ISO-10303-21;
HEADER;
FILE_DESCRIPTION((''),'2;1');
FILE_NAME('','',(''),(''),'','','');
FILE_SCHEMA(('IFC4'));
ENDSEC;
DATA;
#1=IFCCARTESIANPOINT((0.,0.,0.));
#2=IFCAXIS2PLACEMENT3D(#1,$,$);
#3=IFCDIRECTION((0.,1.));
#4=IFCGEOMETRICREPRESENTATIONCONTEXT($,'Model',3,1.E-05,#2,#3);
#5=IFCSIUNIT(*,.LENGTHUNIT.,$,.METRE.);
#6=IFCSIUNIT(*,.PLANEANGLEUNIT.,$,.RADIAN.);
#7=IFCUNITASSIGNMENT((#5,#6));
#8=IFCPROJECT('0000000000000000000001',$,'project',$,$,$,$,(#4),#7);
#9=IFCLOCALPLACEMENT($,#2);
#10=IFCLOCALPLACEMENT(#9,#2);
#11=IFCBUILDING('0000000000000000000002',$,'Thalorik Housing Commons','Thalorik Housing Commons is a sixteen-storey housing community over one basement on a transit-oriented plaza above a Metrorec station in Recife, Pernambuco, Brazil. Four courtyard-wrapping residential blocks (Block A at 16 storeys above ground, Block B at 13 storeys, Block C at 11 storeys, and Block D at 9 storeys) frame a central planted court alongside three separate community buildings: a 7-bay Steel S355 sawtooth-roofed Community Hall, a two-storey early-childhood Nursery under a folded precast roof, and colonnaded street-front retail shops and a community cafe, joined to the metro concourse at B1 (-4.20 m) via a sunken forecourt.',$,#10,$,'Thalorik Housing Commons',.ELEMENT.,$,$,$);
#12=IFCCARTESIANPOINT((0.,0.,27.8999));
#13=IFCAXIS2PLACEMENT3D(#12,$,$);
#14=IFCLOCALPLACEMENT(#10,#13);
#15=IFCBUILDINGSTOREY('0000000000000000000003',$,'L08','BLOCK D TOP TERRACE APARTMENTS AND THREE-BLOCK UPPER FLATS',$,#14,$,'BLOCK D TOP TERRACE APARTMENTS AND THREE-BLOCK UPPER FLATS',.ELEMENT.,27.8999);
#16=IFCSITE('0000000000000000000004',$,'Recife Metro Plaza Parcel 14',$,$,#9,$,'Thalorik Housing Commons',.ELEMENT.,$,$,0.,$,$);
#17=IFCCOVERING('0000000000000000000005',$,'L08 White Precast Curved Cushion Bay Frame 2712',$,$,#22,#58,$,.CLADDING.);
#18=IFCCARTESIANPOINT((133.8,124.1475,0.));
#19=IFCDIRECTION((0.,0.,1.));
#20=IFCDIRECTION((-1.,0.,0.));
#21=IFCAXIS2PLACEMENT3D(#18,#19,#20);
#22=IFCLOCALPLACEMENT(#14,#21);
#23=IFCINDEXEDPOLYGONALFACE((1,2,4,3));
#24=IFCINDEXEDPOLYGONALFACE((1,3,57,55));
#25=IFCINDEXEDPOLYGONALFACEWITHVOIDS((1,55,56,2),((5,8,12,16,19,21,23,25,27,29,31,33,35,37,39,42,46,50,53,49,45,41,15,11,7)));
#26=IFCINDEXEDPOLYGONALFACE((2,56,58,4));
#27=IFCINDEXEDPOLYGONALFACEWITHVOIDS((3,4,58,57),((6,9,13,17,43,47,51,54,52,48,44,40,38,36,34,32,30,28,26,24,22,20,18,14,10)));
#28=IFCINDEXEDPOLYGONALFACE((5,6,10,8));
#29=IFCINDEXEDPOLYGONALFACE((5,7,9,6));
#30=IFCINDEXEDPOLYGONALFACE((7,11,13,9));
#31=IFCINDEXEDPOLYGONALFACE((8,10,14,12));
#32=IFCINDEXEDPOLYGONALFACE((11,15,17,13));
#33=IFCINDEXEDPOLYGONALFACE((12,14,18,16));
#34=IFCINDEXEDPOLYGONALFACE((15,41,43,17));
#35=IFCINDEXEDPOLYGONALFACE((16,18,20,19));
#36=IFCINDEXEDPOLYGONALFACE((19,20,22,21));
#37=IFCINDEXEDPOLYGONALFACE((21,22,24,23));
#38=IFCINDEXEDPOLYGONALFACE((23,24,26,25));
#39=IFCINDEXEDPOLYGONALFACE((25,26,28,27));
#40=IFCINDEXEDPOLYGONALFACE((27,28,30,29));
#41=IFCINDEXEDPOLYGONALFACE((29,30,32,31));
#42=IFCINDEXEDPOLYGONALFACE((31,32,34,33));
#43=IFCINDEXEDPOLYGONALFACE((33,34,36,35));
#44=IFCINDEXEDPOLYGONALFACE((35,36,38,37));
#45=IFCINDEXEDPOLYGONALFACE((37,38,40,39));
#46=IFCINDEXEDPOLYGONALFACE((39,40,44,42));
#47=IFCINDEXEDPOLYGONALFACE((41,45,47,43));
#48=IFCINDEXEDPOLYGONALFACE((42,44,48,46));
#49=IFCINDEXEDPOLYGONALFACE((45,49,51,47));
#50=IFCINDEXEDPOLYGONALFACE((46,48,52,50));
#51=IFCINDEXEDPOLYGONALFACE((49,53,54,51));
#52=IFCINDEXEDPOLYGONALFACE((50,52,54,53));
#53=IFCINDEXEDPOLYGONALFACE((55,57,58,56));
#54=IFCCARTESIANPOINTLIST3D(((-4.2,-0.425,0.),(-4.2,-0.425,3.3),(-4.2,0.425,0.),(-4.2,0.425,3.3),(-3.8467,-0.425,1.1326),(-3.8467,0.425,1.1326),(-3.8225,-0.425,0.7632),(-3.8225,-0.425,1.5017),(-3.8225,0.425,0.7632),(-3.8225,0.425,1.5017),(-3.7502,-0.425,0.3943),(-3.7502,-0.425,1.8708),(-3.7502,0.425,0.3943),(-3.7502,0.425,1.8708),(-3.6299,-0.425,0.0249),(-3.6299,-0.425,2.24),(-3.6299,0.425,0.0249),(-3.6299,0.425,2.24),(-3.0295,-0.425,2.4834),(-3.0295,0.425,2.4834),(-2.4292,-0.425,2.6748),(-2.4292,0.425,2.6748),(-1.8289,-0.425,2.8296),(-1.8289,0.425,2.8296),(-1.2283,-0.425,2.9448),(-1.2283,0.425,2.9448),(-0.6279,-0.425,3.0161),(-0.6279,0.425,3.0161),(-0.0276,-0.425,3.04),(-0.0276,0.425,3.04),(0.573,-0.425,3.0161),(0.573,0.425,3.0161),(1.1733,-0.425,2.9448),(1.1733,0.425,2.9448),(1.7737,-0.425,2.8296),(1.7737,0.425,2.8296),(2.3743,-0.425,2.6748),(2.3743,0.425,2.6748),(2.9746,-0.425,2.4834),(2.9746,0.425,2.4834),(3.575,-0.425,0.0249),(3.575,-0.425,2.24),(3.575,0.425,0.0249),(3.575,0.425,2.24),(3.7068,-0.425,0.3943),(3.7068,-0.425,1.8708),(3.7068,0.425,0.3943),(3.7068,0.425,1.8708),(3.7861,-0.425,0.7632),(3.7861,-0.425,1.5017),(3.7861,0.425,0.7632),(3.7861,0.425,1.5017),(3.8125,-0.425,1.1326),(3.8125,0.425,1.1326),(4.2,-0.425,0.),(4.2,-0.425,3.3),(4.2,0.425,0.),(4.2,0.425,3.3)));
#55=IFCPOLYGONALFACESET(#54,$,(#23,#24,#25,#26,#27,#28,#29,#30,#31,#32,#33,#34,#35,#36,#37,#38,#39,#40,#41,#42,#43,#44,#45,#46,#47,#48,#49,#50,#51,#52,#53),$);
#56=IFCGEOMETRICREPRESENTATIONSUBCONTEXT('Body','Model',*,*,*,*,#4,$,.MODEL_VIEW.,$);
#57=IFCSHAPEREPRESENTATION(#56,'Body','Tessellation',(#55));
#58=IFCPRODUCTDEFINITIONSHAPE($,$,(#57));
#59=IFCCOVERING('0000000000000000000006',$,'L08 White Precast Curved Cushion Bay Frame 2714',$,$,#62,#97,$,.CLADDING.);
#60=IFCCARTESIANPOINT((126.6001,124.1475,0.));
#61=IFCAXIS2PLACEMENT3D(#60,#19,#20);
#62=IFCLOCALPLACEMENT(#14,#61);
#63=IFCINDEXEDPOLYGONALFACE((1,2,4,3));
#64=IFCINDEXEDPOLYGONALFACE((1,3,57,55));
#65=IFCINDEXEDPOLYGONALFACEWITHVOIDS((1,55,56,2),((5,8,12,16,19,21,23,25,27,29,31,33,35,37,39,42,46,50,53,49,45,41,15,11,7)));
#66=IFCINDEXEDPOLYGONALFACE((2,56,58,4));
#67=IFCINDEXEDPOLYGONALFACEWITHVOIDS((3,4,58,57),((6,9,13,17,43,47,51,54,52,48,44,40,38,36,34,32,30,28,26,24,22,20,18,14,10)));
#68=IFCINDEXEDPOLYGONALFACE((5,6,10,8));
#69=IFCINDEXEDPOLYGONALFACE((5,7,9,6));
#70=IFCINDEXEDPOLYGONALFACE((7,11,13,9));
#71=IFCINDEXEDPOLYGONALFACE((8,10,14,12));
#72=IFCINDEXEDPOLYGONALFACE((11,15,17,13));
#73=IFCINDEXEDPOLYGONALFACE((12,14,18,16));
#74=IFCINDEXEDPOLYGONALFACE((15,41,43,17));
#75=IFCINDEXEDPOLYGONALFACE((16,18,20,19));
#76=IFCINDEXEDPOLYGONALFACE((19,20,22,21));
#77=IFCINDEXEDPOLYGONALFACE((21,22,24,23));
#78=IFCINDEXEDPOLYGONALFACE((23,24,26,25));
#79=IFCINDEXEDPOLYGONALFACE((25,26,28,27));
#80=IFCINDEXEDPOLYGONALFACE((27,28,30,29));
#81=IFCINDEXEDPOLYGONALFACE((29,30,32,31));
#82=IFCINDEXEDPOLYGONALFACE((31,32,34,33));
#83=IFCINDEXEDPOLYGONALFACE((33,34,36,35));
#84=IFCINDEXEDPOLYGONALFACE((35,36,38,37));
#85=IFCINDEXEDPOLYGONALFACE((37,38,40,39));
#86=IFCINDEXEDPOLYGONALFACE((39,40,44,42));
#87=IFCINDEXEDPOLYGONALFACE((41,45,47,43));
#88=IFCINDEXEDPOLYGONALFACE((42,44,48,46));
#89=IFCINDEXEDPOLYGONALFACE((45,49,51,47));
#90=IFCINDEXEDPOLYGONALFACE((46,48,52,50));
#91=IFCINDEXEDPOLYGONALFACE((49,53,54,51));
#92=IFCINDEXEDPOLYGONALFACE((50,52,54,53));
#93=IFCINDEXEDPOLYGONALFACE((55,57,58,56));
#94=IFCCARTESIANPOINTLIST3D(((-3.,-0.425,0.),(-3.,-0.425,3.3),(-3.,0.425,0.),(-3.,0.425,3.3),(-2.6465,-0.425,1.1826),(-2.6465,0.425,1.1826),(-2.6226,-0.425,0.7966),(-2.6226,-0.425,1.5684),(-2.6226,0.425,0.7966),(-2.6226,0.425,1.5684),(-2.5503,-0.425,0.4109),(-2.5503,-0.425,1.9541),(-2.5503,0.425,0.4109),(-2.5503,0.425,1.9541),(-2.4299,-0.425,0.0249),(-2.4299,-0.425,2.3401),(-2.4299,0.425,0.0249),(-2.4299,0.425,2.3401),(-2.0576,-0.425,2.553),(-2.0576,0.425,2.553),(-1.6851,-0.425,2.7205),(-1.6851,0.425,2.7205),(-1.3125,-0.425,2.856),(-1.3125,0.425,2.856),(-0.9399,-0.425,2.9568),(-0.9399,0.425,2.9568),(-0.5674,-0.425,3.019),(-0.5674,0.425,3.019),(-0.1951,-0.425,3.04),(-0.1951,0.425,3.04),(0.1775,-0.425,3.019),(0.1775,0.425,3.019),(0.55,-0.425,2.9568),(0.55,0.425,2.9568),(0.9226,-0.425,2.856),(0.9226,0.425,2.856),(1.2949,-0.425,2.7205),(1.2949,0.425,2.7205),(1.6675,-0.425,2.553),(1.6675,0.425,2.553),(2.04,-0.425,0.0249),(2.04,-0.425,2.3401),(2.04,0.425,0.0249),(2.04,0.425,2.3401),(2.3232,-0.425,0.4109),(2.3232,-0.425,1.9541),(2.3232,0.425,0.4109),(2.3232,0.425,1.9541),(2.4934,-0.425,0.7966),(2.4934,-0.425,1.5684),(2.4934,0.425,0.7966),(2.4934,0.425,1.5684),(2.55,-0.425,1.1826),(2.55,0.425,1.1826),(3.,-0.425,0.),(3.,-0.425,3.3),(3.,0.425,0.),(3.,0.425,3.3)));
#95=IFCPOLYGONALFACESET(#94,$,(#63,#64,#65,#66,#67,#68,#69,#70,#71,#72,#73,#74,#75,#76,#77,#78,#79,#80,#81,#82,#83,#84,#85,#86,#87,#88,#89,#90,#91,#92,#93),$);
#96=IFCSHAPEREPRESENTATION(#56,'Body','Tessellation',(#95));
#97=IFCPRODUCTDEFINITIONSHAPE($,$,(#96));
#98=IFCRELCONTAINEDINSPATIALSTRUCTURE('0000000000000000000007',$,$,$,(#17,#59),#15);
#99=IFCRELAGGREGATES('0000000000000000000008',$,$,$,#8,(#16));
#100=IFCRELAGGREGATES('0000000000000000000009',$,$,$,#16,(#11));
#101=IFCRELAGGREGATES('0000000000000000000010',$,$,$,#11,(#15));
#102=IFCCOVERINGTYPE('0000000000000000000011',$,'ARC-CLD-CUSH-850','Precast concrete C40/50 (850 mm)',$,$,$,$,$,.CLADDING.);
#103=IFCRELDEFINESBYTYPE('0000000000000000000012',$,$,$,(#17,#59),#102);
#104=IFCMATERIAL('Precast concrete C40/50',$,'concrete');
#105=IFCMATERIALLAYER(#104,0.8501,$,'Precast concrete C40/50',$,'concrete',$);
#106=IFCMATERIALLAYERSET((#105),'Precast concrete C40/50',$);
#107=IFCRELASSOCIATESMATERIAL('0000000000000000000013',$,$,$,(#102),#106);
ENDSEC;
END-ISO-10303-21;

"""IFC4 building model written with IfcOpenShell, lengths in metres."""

from ifc_helpers import new_model, si_unit, direction, frame, origin, place, context, subcontext, project, spatial, polyline, outline, extrude, material, layer, layer_set, type_object, element, save


model = new_model("IFC4")

# Units and contexts
model_context = context("Model", 3, precision=1e-05, world=origin(), true_north=direction((0.0, 1.0)))
body_context = subcontext(model_context, "Body", "Model", "MODEL_VIEW")
ifc_project = project(units=[si_unit("LENGTHUNIT", "METRE"), si_unit("PLANEANGLEUNIT", "RADIAN")], contexts=[model_context])

# Site, building, storey
site_placement = place(None, origin())
site = spatial("IfcSite", under=ifc_project, at=site_placement, Name="Recife Metro Plaza Parcel 14", LongName="Thalorik Housing Commons", CompositionType="ELEMENT", RefElevation=0.0)
building_placement = place(site_placement, origin())
building = spatial("IfcBuilding", under=site, at=building_placement, Name="Thalorik Housing Commons", Description="Thalorik Housing Commons is a sixteen-storey housing community over one basement on a transit-oriented plaza above a Metrorec station in Recife, Pernambuco, Brazil. Four courtyard-wrapping residential blocks (Block A at 16 storeys above ground, Block B at 13 storeys, Block C at 11 storeys, and Block D at 9 storeys) frame a central planted court alongside three separate community buildings: a 7-bay Steel S355 sawtooth-roofed Community Hall, a two-storey early-childhood Nursery under a folded precast roof, and colonnaded street-front retail shops and a community cafe, joined to the metro concourse at B1 (-4.20 m) via a sunken forecourt.", LongName="Thalorik Housing Commons", CompositionType="ELEMENT")
storey_placement = place(building_placement, frame((0.0, 0.0, 27.8999)))
storey = spatial("IfcBuildingStorey", under=building, at=storey_placement, Name="L08", Description="BLOCK D TOP TERRACE APARTMENTS AND THREE-BLOCK UPPER FLATS", LongName="BLOCK D TOP TERRACE APARTMENTS AND THREE-BLOCK UPPER FLATS", CompositionType="ELEMENT", Elevation=27.8999)

# Shared definitions
ifc_material_1 = material(Name="Precast concrete C40/50", Category="concrete")

# Coverings
ifc_layer_1 = layer(ifc_material_1, 0.8501, Name="Precast concrete C40/50", Category="concrete")
ifc_layer_set_1 = layer_set([ifc_layer_1], Name="Precast concrete C40/50")
covering_type_1 = type_object("IfcCoveringType", Name="ARC-CLD-CUSH-850", Description="Precast concrete C40/50 (850 mm)", PredefinedType="CLADDING", material=ifc_layer_set_1)
covering_1_placement = place(storey_placement, frame((133.8, 124.1475, 0.0), z_axis=(0.0, 0.0, 1.0), x_axis=(-1.0, 0.0, 0.0)))
element("IfcCovering", 1, at=covering_1_placement, inside=storey, type_object=covering_type_1, Name="L08 White Precast Curved Cushion Bay Frame 2712", PredefinedType="CLADDING", context=body_context, shape_type="SweptSolid", body=[
    extrude(outline(polyline([(-4.2, 0.0), (4.2, 0.0), (4.2, 3.3), (-4.2, 3.3), (-4.2, 0.0)]), holes=[polyline([(3.575, 0.0249), (3.7068, 0.3943), (3.7861, 0.7632), (3.8125, 1.1326), (3.7861, 1.5017), (3.7068, 1.8708), (3.575, 2.24), (2.9746, 2.4834), (2.3743, 2.6748), (1.7737, 2.8296), (1.1733, 2.9448), (0.573, 3.0161), (-0.0276, 3.04), (-0.6279, 3.0161), (-1.2283, 2.9448), (-1.8289, 2.8296), (-2.4292, 2.6748), (-3.0295, 2.4834), (-3.6299, 2.24), (-3.7502, 1.8708), (-3.8225, 1.5017), (-3.8467, 1.1326), (-3.8225, 0.7632), (-3.7502, 0.3943), (-3.6299, 0.0249), (3.575, 0.0249)])]), frame((0.0, 0.425, 0.0), z_axis=(0.0, -1.0, 0.0), x_axis=(1.0, 0.0, 0.0)), (0.0, 0.0, 1.0), 0.8501),
])
covering_2_placement = place(storey_placement, frame((126.6001, 124.1475, 0.0), z_axis=(0.0, 0.0, 1.0), x_axis=(-1.0, 0.0, 0.0)))
element("IfcCovering", 2, at=covering_2_placement, inside=storey, type_object=covering_type_1, Name="L08 White Precast Curved Cushion Bay Frame 2714", PredefinedType="CLADDING", context=body_context, shape_type="SweptSolid", body=[
    extrude(outline(polyline([(-3.0, 0.0), (3.0, 0.0), (3.0, 3.3), (-3.0, 3.3), (-3.0, 0.0)]), holes=[polyline([(2.04, 0.0249), (2.3232, 0.4109), (2.4934, 0.7966), (2.55, 1.1826), (2.4934, 1.5684), (2.3232, 1.9541), (2.04, 2.3401), (1.6675, 2.553), (1.2949, 2.7205), (0.9226, 2.856), (0.55, 2.9568), (0.1775, 3.019), (-0.1951, 3.04), (-0.5674, 3.019), (-0.9399, 2.9568), (-1.3125, 2.856), (-1.6851, 2.7205), (-2.0576, 2.553), (-2.4299, 2.3401), (-2.5503, 1.9541), (-2.6226, 1.5684), (-2.6465, 1.1826), (-2.6226, 0.7966), (-2.5503, 0.4109), (-2.4299, 0.0249), (2.04, 0.0249)])]), frame((0.0, 0.425, 0.0), z_axis=(0.0, -1.0, 0.0), x_axis=(1.0, 0.0, 0.0)), (0.0, 0.0, 1.0), 0.8501),
])

save(model, "model.ifc")
